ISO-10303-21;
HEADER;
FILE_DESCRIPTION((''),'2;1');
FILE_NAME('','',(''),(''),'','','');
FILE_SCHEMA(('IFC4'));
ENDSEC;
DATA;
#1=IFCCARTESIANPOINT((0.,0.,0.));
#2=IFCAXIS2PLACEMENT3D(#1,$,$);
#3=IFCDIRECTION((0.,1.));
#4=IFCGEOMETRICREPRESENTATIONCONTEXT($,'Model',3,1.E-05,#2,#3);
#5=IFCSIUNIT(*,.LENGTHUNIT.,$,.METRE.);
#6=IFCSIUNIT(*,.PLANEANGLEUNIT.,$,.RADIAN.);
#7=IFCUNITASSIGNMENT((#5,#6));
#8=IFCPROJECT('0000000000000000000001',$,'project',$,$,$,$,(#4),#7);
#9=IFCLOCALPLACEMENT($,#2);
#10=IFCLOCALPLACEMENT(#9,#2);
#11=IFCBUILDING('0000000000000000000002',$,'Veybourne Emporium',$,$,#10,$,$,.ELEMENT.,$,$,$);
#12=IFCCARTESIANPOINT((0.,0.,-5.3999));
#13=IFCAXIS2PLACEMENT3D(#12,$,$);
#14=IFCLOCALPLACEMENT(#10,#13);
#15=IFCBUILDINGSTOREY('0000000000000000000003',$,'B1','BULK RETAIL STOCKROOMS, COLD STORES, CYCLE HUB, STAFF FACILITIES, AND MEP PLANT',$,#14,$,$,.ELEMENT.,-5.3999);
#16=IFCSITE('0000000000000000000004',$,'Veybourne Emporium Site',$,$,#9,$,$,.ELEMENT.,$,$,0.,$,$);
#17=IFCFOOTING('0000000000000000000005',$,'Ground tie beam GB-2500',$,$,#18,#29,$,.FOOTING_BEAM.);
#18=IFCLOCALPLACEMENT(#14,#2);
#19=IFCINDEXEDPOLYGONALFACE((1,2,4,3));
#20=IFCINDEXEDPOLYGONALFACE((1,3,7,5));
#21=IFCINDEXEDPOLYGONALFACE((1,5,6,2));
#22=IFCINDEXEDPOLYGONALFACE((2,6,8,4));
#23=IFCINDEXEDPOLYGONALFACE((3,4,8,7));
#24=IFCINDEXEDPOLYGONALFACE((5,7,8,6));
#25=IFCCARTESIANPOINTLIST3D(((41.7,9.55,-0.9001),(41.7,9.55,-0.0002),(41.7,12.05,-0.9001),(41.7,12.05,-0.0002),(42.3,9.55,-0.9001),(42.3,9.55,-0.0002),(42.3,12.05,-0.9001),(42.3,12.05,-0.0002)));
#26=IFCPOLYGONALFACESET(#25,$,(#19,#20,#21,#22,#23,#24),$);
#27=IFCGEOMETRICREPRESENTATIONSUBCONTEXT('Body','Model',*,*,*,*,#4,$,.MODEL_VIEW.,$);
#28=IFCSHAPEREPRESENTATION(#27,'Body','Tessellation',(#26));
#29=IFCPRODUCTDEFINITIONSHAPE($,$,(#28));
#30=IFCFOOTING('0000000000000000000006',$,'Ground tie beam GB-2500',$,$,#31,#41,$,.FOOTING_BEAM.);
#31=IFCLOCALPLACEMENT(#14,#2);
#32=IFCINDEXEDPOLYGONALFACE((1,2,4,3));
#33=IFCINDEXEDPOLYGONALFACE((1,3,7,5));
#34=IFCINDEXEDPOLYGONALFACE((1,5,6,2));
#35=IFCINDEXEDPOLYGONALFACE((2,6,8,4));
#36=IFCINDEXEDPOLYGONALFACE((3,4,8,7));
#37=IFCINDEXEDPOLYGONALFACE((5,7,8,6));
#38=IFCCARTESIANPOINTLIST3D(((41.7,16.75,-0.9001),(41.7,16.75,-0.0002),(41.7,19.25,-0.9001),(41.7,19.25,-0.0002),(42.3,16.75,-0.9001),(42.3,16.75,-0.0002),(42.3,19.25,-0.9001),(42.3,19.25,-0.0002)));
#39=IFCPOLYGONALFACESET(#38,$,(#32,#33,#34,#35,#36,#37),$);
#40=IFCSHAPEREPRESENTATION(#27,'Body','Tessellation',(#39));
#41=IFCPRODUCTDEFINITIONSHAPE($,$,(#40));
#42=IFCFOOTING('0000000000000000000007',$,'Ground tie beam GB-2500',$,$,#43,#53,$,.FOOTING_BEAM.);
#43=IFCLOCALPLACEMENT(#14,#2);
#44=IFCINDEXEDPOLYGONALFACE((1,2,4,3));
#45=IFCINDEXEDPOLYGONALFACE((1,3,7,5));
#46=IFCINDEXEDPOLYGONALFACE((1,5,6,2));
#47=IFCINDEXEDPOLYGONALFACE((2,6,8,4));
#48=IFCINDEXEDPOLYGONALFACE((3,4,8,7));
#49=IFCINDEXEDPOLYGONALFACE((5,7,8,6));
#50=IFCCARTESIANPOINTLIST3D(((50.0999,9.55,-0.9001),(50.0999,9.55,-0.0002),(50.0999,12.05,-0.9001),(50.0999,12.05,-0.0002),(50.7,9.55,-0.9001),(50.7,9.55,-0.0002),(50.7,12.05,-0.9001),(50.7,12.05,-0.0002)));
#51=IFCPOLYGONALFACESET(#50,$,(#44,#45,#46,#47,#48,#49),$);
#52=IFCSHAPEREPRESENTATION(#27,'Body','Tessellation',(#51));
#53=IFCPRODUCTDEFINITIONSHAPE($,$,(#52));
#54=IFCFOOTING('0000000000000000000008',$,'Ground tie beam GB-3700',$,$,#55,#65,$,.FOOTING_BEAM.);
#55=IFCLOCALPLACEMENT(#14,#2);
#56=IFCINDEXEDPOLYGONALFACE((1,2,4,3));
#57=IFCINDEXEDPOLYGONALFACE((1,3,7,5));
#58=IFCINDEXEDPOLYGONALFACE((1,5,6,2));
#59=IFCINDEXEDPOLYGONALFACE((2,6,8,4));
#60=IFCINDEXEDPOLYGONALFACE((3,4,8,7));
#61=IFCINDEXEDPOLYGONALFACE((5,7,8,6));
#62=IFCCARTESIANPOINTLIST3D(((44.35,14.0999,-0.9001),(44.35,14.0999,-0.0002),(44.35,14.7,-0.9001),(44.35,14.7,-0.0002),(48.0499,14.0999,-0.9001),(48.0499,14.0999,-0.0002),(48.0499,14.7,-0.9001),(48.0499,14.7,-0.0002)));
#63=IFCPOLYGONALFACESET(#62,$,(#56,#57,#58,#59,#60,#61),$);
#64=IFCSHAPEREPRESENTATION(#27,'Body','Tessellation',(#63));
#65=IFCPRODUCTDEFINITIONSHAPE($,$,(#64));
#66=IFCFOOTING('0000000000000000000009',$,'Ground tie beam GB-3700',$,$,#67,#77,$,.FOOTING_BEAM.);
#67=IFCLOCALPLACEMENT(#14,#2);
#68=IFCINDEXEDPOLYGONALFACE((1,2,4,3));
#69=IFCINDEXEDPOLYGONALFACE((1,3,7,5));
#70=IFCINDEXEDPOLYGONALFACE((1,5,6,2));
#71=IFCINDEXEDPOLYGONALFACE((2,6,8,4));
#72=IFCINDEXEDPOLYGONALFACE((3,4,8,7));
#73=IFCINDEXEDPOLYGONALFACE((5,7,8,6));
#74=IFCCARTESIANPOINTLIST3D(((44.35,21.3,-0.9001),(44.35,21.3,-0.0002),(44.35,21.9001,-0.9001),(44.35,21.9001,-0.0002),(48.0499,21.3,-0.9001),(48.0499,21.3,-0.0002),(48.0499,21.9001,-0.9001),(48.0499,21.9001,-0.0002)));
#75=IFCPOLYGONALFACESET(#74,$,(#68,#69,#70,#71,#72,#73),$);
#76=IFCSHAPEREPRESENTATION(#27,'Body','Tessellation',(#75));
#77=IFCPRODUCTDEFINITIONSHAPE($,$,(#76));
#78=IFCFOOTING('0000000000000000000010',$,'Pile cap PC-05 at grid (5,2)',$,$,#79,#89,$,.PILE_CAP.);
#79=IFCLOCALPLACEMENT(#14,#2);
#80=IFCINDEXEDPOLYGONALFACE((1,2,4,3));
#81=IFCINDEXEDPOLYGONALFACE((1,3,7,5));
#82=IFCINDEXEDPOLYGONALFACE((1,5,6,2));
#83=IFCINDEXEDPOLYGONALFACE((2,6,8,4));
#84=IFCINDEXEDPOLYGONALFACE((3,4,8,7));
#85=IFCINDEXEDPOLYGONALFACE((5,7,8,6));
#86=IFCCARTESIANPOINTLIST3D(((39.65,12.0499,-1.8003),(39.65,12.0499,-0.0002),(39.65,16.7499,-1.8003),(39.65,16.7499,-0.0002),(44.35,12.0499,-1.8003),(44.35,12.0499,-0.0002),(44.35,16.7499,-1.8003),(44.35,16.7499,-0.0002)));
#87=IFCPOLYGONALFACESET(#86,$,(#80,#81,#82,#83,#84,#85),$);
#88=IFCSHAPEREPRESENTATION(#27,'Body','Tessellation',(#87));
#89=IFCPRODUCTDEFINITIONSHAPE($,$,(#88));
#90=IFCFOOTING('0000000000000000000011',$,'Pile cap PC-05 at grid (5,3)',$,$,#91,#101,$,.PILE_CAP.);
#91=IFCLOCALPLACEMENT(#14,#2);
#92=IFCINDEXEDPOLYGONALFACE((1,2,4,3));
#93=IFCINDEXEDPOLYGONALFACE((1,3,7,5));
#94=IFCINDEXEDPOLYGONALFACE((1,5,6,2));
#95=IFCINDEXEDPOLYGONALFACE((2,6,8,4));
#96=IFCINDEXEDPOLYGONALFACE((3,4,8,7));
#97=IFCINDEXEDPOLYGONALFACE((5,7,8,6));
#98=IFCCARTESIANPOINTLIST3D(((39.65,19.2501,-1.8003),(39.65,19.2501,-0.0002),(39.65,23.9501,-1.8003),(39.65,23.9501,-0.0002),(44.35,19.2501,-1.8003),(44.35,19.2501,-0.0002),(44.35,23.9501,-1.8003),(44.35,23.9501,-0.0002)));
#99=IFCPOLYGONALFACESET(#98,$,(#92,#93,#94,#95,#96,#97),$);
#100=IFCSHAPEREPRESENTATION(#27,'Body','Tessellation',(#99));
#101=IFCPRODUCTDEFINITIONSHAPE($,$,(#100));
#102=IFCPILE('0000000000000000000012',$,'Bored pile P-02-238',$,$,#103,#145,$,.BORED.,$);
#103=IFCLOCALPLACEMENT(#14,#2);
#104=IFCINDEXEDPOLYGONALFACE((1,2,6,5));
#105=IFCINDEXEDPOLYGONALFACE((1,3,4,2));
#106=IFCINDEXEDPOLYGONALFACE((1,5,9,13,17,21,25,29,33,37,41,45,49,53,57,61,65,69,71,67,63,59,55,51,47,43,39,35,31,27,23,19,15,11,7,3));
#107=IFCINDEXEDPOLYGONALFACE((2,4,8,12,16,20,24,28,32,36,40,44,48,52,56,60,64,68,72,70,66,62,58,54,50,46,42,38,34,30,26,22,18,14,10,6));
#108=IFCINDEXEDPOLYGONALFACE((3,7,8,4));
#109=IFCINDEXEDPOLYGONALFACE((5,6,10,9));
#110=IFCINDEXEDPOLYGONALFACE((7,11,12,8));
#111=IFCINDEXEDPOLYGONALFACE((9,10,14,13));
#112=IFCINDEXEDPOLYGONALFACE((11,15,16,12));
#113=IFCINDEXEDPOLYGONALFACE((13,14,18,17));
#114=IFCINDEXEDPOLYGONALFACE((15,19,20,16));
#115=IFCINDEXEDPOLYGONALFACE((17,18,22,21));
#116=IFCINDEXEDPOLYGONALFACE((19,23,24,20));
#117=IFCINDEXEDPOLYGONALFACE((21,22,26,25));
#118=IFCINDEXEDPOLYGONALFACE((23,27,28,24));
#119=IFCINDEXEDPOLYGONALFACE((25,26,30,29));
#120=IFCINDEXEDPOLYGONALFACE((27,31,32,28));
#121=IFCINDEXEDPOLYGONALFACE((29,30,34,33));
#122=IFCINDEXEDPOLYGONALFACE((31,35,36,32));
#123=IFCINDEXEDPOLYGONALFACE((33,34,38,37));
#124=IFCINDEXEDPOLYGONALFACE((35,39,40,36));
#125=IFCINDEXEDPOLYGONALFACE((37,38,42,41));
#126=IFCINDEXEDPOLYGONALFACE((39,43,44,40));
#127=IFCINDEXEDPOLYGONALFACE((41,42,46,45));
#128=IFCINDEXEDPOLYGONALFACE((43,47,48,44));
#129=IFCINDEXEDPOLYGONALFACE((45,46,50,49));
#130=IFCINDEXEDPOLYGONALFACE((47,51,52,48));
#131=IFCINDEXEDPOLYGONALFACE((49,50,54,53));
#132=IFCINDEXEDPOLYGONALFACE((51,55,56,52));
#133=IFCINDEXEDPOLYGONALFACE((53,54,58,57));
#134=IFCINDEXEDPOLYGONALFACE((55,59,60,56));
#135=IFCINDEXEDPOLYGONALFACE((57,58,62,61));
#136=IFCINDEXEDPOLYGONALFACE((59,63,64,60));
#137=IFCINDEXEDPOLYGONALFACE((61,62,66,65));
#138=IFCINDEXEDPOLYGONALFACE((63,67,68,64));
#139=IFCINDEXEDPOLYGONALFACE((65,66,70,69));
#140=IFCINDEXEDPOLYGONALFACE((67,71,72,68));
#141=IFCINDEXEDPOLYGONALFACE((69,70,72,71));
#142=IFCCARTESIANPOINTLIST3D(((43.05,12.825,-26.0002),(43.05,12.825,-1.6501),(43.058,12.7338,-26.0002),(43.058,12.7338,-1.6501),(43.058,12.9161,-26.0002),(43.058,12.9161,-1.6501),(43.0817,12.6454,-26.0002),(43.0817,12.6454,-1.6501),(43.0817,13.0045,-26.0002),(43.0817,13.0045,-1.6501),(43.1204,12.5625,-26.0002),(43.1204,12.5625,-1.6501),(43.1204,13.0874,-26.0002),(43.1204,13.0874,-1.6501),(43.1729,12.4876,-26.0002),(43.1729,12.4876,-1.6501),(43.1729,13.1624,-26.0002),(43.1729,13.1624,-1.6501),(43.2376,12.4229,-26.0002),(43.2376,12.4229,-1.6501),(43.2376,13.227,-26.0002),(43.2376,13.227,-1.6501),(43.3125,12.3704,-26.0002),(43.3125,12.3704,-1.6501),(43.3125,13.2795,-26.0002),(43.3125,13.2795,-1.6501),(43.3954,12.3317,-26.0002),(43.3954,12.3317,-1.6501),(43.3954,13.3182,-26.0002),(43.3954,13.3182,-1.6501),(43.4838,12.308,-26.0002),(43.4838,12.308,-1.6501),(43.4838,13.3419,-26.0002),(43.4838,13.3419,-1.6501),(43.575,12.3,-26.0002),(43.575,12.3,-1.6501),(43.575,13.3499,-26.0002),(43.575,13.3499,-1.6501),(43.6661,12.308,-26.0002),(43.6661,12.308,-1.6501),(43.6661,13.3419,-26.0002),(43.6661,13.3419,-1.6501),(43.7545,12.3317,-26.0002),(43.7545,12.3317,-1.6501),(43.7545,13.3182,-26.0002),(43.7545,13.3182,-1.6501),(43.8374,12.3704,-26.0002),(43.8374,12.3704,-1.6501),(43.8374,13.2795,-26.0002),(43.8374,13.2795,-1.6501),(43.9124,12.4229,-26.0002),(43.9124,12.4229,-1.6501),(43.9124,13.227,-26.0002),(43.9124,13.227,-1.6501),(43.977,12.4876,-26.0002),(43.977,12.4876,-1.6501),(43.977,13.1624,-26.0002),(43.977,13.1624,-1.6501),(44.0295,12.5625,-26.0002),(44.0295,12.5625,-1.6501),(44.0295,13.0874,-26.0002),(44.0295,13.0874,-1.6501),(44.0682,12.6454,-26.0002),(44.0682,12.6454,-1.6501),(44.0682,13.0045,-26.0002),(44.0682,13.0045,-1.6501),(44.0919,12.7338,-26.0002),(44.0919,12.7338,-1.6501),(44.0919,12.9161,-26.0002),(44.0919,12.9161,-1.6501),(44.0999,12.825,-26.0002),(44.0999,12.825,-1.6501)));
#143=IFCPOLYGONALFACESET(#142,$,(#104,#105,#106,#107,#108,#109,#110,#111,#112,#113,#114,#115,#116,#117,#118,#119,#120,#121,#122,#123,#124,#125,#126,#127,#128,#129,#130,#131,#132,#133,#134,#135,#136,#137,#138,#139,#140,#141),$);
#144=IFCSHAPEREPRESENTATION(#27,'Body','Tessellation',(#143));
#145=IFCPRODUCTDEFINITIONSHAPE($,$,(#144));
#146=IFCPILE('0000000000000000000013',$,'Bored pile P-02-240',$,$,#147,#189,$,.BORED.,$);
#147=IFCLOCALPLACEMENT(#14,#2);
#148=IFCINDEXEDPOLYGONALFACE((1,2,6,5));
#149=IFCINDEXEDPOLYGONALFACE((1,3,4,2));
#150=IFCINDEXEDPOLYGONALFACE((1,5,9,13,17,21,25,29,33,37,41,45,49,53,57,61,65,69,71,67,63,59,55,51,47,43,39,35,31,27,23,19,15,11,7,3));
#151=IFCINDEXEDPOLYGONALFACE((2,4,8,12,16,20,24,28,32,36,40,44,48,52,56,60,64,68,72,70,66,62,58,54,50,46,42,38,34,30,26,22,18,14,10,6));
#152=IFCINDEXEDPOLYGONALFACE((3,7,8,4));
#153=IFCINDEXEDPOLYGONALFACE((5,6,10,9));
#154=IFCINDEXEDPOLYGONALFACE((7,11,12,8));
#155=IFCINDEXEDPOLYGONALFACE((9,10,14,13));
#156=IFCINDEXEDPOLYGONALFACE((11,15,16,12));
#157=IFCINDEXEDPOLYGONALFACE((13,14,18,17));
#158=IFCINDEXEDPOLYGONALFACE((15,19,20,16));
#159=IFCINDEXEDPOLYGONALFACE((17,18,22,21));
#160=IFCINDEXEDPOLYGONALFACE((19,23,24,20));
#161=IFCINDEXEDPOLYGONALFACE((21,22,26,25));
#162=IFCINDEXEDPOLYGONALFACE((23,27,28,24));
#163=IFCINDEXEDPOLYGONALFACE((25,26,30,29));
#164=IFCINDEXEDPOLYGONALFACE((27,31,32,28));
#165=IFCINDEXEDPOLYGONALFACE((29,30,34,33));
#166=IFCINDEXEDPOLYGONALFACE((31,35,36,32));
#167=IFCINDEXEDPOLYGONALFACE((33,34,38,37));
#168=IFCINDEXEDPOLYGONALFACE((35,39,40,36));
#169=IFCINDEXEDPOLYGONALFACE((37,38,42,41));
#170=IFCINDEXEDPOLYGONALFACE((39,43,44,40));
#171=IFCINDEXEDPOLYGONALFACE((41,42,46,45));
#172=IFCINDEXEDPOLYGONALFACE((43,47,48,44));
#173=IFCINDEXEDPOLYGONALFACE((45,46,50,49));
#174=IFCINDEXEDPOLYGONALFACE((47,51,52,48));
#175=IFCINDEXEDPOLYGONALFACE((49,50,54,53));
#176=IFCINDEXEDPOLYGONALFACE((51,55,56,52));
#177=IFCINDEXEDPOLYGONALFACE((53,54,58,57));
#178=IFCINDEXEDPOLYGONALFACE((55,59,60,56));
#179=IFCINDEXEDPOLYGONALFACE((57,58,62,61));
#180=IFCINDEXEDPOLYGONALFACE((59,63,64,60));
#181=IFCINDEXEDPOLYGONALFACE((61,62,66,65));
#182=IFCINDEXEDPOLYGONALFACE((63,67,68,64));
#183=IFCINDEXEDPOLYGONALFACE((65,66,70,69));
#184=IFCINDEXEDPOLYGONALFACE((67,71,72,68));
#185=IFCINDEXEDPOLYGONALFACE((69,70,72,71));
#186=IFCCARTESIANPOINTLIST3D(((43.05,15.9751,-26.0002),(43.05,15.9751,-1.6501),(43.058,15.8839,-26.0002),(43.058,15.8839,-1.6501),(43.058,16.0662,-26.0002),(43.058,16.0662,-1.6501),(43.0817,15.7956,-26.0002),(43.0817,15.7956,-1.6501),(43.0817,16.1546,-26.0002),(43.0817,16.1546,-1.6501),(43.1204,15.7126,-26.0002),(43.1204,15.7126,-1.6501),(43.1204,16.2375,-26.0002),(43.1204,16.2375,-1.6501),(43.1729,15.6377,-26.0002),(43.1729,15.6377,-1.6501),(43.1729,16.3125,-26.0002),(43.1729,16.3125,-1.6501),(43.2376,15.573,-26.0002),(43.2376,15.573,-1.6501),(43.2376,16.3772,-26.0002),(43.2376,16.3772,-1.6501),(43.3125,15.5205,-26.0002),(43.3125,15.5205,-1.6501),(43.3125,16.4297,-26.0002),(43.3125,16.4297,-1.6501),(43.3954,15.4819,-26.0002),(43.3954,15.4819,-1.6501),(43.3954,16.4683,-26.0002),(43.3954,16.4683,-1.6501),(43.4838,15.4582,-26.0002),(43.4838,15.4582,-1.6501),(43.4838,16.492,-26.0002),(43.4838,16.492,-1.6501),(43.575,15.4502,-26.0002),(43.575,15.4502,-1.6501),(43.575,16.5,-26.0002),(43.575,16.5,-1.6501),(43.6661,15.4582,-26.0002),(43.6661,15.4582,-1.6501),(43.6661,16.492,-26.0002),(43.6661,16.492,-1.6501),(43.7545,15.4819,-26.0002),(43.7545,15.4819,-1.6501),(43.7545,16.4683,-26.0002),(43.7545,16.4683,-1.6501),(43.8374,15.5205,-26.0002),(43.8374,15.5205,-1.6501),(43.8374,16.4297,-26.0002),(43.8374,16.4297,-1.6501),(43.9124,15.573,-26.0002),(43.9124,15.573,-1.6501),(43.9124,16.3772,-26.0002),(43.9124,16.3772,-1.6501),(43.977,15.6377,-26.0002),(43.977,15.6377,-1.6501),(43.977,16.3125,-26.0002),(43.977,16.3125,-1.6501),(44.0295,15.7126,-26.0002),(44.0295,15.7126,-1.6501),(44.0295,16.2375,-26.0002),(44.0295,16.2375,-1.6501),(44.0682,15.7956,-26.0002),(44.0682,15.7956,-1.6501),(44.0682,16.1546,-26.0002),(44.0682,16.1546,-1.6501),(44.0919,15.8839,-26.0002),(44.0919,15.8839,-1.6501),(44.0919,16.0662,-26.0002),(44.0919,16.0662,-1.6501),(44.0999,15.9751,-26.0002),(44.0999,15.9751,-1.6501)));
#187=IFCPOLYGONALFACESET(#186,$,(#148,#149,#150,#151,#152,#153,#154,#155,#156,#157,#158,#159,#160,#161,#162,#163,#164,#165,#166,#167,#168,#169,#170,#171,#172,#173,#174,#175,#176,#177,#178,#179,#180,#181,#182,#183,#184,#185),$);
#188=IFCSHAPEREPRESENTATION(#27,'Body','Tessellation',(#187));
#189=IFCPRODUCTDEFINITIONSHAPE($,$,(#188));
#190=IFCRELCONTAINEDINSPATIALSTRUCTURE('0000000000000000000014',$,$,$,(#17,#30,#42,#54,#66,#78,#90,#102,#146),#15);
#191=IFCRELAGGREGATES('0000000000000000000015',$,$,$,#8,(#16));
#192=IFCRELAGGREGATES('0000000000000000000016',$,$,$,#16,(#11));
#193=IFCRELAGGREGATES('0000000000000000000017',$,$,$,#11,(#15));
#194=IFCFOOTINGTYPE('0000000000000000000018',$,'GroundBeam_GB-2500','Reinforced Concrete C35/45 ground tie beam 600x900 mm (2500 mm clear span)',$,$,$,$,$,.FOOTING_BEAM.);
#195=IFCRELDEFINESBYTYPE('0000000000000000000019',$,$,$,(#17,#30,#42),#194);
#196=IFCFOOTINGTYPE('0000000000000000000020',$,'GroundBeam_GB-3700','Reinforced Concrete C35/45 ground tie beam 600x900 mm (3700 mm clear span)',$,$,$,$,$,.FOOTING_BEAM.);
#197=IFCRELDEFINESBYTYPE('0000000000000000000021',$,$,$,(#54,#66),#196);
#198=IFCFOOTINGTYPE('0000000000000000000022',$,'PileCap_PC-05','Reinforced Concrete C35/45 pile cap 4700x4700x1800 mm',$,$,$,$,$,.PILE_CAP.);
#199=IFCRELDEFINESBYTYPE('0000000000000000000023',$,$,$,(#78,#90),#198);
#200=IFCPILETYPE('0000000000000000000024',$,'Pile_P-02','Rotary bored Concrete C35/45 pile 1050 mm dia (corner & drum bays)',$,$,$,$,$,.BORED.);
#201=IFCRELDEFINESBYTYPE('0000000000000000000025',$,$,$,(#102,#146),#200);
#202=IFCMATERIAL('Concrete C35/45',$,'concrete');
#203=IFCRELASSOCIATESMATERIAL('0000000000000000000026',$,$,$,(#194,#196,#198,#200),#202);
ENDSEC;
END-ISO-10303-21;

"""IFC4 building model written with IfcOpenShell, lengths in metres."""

from ifc_helpers import new_model, si_unit, direction, frame, origin, origin_2d, place, context, subcontext, project, spatial, rectangle, circle, extrude, material, material_profile, profile_set, type_object, element, save


model = new_model("IFC4")

# Units and contexts
model_context = context("Model", 3, precision=1e-05, world=origin(), true_north=direction((0.0, 1.0)))
body_context = subcontext(model_context, "Body", "Model", "MODEL_VIEW")
ifc_project = project(units=[si_unit("LENGTHUNIT", "METRE"), si_unit("PLANEANGLEUNIT", "RADIAN")], contexts=[model_context])

# Site, building, storey
site_placement = place(None, origin())
site = spatial("IfcSite", under=ifc_project, at=site_placement, Name="Veybourne Emporium Site", CompositionType="ELEMENT", RefElevation=0.0)
building_placement = place(site_placement, origin())
building = spatial("IfcBuilding", under=site, at=building_placement, Name="Veybourne Emporium", CompositionType="ELEMENT")
storey_placement = place(building_placement, frame((0.0, 0.0, -5.3999)))
storey = spatial("IfcBuildingStorey", under=building, at=storey_placement, Name="B1", Description="BULK RETAIL STOCKROOMS, COLD STORES, CYCLE HUB, STAFF FACILITIES, AND MEP PLANT", CompositionType="ELEMENT", Elevation=-5.3999)

# Footings
ifc_material_1 = material(Name="Concrete C35/45", Category="concrete")
footing_type_1 = type_object("IfcFootingType", Name="GroundBeam_GB-2500", Description="Reinforced Concrete C35/45 ground tie beam 600x900 mm (2500 mm clear span)", PredefinedType="FOOTING_BEAM", material=ifc_material_1)
for number, where, z_axis, x_axis, name in (
    (1, (42.0, 10.8, -0.9001), (0.0, 0.0, 1.0), (0.0, 1.0, 0.0), "Ground tie beam GB-2500"),
    (2, (42.0, 18.0, -0.9001), (0.0, 0.0, 1.0), (0.0, 1.0, 0.0), "Ground tie beam GB-2500"),
    (3, (50.3999, 10.8, -0.9001), (0.0, 0.0, 1.0), (0.0, 1.0, 0.0), "Ground tie beam GB-2500"),
):
    element("IfcFooting", number, at=place(storey_placement, frame(where, z_axis=z_axis, x_axis=x_axis)), inside=storey, type_object=footing_type_1, Name=name, PredefinedType="FOOTING_BEAM", context=body_context, shape_type="SweptSolid", body=[
        extrude(rectangle(XDim=2.5, YDim=0.6001, at=origin_2d()), origin(), (0.0, 0.0, 1.0), 0.8999),
    ])
footing_type_2 = type_object("IfcFootingType", Name="GroundBeam_GB-3700", Description="Reinforced Concrete C35/45 ground tie beam 600x900 mm (3700 mm clear span)", PredefinedType="FOOTING_BEAM", material=ifc_material_1)
for number, where, z_axis, x_axis, name in (
    (4, (46.2, 14.3999, -0.9001), (0.0, 0.0, 1.0), (1.0, 0.0, 0.0), "Ground tie beam GB-3700"),
    (5, (46.2, 21.6001, -0.9001), (0.0, 0.0, 1.0), (1.0, 0.0, 0.0), "Ground tie beam GB-3700"),
):
    element("IfcFooting", number, at=place(storey_placement, frame(where, z_axis=z_axis, x_axis=x_axis)), inside=storey, type_object=footing_type_2, Name=name, PredefinedType="FOOTING_BEAM", context=body_context, shape_type="SweptSolid", body=[
        extrude(rectangle(XDim=3.7, YDim=0.6001, at=origin_2d()), origin(), (0.0, 0.0, 1.0), 0.8999),
    ])
footing_type_3 = type_object("IfcFootingType", Name="PileCap_PC-05", Description="Reinforced Concrete C35/45 pile cap 4700x4700x1800 mm", PredefinedType="PILE_CAP", material=ifc_material_1)
for number, where, z_axis, x_axis, name in (
    (6, (42.0, 14.3999, -1.8003), (0.0, 0.0, 1.0), (1.0, 0.0, 0.0), "Pile cap PC-05 at grid (5,2)"),
    (7, (42.0, 21.6001, -1.8003), (0.0, 0.0, 1.0), (1.0, 0.0, 0.0), "Pile cap PC-05 at grid (5,3)"),
):
    element("IfcFooting", number, at=place(storey_placement, frame(where, z_axis=z_axis, x_axis=x_axis)), inside=storey, type_object=footing_type_3, Name=name, PredefinedType="PILE_CAP", context=body_context, shape_type="SweptSolid", body=[
        extrude(rectangle(XDim=4.7, YDim=4.7, at=origin_2d()), origin(), (0.0, 0.0, 1.0), 1.8),
    ])

# Piles
ifc_material_profile_1 = material_profile(ifc_material_1, circle(Radius=0.5249, at=origin_2d()), Name="BORED PILE 1050")
ifc_profile_set_1 = profile_set([ifc_material_profile_1], Name="Concrete C35/45")
pile_type = type_object("IfcPileType", Name="Pile_P-02", Description="Rotary bored Concrete C35/45 pile 1050 mm dia (corner & drum bays)", PredefinedType="BORED", material=ifc_profile_set_1)
for number, where, z_axis, x_axis, name in (
    (8, (43.575, 12.825, -1.6501), (0.0, 0.0, -1.0), (1.0, 0.0, 0.0), "Bored pile P-02-238"),
    (9, (43.575, 15.9751, -1.6501), (0.0, 0.0, -1.0), (1.0, 0.0, 0.0), "Bored pile P-02-240"),
):
    element("IfcPile", number, at=place(storey_placement, frame(where, z_axis=z_axis, x_axis=x_axis)), inside=storey, type_object=pile_type, Name=name, PredefinedType="BORED", context=body_context, shape_type="SweptSolid", body=[
        extrude(circle(Radius=0.5249, at=origin_2d()), origin(), (0.0, 0.0, 1.0), 24.3501),
    ])

save(model, "model.ifc")
